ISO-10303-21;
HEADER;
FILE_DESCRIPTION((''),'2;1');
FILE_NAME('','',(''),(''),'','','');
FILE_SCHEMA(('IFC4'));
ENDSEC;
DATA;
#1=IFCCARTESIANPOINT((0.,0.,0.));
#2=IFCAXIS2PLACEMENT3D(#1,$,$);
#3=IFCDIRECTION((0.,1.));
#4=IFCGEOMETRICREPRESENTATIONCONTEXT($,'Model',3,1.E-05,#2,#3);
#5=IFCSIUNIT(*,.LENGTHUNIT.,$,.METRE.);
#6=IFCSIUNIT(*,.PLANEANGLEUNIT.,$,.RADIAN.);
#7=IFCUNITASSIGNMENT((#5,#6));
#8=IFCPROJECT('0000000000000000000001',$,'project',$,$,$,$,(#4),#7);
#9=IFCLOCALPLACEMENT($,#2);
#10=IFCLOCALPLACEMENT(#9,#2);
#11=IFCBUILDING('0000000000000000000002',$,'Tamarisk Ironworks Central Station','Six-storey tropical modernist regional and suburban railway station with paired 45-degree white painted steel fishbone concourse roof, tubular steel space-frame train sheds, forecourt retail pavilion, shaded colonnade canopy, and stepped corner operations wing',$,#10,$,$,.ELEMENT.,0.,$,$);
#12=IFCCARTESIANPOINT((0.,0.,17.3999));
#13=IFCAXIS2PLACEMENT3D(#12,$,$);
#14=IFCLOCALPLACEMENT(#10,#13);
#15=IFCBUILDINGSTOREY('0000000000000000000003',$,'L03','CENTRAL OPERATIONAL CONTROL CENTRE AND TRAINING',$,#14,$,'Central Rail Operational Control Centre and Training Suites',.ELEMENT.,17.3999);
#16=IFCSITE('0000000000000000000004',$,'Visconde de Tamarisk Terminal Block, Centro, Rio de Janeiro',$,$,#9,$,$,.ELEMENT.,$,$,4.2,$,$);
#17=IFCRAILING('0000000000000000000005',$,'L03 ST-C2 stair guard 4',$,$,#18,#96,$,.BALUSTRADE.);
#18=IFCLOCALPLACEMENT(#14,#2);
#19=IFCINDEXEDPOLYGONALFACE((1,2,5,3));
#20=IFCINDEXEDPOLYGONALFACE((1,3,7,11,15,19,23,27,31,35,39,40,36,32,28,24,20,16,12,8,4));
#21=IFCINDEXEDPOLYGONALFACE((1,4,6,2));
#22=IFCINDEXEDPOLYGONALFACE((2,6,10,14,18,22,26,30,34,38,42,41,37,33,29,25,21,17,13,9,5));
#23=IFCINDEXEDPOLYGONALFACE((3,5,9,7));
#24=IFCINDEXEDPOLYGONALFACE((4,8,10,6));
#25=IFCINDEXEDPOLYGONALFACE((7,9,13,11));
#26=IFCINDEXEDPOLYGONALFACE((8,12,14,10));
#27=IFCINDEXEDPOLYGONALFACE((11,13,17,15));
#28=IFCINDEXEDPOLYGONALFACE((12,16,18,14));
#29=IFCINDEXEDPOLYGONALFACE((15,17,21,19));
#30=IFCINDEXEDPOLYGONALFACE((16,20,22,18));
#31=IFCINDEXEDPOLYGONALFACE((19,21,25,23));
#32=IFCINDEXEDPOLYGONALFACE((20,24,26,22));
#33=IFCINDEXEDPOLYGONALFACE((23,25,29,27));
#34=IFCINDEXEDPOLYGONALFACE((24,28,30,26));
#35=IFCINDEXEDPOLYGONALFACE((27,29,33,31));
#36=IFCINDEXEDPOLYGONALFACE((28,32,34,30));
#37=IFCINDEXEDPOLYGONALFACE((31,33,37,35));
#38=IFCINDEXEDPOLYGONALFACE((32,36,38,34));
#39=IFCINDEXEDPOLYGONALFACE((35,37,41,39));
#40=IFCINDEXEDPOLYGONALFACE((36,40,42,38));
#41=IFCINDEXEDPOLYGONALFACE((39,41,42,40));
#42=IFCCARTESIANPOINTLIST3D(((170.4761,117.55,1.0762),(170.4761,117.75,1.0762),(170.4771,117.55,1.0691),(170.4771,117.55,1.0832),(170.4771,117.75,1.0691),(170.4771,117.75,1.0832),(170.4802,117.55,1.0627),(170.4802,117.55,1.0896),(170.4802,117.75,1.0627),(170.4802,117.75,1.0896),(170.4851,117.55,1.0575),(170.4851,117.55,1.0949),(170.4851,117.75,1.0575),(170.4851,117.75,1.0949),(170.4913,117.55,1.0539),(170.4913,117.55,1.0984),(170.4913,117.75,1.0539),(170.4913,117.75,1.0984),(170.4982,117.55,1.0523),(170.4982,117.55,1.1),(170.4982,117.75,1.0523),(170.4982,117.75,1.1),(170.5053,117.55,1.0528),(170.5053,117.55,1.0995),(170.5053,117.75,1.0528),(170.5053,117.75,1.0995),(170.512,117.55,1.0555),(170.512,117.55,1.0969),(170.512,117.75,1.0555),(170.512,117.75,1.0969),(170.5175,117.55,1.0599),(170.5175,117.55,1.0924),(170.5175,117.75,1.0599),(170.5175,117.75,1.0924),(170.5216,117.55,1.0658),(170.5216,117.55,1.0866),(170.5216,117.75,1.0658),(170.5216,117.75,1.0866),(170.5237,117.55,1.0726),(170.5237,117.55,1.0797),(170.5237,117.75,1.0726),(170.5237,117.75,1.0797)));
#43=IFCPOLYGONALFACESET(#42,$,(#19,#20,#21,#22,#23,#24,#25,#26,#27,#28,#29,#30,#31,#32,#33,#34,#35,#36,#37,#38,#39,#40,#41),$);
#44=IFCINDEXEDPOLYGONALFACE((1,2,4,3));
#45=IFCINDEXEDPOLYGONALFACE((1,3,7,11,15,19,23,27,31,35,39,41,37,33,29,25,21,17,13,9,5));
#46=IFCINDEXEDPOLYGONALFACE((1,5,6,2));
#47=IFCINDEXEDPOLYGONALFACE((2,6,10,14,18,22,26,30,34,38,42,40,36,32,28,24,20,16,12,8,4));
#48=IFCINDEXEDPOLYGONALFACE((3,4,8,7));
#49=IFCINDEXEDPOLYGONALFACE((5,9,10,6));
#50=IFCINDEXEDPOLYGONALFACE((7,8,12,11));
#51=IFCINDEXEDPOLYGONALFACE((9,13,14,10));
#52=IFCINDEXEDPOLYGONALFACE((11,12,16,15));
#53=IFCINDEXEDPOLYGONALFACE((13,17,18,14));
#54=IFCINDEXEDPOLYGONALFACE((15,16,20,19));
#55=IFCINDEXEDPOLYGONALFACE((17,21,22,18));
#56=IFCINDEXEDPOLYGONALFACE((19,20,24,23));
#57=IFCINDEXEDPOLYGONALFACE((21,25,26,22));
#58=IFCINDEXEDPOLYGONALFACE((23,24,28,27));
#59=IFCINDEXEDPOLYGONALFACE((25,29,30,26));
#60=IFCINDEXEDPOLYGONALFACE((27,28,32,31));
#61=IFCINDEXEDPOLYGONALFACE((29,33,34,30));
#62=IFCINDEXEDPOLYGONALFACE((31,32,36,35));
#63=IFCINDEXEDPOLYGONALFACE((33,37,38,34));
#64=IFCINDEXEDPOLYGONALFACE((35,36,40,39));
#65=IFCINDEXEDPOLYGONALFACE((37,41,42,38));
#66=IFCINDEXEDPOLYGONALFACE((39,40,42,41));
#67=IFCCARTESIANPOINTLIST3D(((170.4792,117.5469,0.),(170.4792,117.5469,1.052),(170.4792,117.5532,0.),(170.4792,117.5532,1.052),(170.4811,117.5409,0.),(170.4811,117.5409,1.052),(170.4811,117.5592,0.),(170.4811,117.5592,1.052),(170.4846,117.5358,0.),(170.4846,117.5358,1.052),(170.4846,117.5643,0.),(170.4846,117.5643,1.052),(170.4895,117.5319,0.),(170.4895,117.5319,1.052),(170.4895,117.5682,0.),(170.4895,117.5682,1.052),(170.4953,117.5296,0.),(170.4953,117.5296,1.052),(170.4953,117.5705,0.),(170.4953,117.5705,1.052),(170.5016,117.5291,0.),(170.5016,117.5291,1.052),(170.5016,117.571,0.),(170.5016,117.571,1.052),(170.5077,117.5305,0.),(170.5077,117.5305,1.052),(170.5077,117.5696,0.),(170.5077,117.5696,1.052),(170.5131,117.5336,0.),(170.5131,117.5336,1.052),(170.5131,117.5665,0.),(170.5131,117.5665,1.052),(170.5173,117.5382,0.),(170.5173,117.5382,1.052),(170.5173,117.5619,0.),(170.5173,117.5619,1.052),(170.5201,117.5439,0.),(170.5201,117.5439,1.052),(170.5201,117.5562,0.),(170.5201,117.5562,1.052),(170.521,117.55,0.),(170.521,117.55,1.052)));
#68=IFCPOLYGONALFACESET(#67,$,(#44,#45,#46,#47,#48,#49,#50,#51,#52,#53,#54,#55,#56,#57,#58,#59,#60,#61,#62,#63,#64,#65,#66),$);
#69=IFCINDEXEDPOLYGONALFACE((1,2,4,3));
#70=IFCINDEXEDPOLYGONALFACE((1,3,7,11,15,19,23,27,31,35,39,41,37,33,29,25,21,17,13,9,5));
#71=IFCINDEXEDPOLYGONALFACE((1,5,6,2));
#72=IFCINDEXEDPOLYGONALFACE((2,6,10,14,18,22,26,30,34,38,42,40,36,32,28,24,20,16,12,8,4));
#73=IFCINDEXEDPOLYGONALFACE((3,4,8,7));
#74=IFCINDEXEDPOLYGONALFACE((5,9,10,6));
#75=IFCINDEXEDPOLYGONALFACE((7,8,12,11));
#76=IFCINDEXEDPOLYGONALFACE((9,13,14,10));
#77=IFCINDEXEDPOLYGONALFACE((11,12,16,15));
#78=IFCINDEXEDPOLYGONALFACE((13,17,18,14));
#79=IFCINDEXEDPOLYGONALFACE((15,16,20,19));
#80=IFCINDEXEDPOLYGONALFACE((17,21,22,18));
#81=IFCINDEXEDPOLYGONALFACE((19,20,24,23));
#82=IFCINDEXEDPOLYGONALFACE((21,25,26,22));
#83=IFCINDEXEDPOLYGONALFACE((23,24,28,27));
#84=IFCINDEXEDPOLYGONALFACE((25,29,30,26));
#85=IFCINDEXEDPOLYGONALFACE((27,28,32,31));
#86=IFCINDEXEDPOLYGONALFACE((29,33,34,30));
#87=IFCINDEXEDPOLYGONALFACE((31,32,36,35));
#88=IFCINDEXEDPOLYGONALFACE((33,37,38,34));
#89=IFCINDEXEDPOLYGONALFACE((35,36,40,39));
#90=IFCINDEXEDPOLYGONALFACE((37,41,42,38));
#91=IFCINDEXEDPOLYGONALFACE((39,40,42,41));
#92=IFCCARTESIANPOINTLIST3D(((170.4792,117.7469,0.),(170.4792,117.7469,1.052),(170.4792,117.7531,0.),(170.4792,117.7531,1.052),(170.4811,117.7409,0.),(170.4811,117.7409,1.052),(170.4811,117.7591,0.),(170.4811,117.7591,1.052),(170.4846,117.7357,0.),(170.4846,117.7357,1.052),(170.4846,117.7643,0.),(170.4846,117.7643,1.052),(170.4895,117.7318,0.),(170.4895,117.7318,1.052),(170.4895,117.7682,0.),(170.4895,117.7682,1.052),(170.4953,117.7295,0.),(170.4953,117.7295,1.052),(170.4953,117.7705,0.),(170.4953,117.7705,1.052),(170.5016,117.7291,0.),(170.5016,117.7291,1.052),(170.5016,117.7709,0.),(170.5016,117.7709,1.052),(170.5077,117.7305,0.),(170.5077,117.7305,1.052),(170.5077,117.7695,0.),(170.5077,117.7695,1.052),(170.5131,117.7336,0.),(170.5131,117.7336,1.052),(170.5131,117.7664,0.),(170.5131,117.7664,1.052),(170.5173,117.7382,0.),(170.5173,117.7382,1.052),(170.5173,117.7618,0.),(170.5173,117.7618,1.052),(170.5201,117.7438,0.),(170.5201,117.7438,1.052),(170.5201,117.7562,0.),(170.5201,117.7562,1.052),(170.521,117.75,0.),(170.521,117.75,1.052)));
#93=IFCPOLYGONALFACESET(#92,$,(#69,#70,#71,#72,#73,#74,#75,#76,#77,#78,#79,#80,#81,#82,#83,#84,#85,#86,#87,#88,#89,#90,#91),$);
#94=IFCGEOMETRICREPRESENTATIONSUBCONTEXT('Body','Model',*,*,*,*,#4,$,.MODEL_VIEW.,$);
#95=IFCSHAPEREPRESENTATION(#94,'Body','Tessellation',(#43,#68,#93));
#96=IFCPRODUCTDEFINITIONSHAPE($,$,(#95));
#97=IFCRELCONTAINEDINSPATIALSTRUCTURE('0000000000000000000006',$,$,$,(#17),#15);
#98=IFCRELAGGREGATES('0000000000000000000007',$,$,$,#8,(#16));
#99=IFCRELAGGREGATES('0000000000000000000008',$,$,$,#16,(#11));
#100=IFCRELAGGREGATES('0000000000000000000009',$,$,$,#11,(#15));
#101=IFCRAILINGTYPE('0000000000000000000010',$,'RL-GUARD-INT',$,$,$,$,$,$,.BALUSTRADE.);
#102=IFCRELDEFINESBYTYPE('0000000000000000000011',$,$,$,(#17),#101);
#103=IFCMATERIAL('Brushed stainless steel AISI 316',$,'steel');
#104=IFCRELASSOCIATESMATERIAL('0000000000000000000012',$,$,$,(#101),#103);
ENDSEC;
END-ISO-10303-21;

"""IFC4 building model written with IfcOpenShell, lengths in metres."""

from ifc_helpers import new_model, si_unit, direction, frame, origin, origin_2d, place, context, subcontext, project, spatial, circle, extrude, material, type_object, element, save


model = new_model("IFC4")

# Units and contexts
model_context = context("Model", 3, precision=1e-05, world=origin(), true_north=direction((0.0, 1.0)))
body_context = subcontext(model_context, "Body", "Model", "MODEL_VIEW")
ifc_project = project(units=[si_unit("LENGTHUNIT", "METRE"), si_unit("PLANEANGLEUNIT", "RADIAN")], contexts=[model_context])

# Site, building, storey
site_placement = place(None, origin())
site = spatial("IfcSite", under=ifc_project, at=site_placement, Name="Visconde de Tamarisk Terminal Block, Centro, Rio de Janeiro", CompositionType="ELEMENT", RefElevation=4.2)
building_placement = place(site_placement, origin())
building = spatial("IfcBuilding", under=site, at=building_placement, Name="Tamarisk Ironworks Central Station", Description="Six-storey tropical modernist regional and suburban railway station with paired 45-degree white painted steel fishbone concourse roof, tubular steel space-frame train sheds, forecourt retail pavilion, shaded colonnade canopy, and stepped corner operations wing", CompositionType="ELEMENT", ElevationOfRefHeight=0.0)
storey_placement = place(building_placement, frame((0.0, 0.0, 17.3999)))
storey = spatial("IfcBuildingStorey", under=building, at=storey_placement, Name="L03", Description="CENTRAL OPERATIONAL CONTROL CENTRE AND TRAINING", LongName="Central Rail Operational Control Centre and Training Suites", CompositionType="ELEMENT", Elevation=17.3999)

# Railing
ifc_material_1 = material(Name="Brushed stainless steel AISI 316", Category="steel")
railing_type_1 = type_object("IfcRailingType", Name="RL-GUARD-INT", PredefinedType="BALUSTRADE", material=ifc_material_1)
railing_1_placement = place(storey_placement, frame((170.5, 117.55, 0.0)))
element("IfcRailing", 1, at=railing_1_placement, inside=storey, type_object=railing_type_1, Name="L03 ST-C2 stair guard 4", PredefinedType="BALUSTRADE", context=body_context, shape_type="SweptSolid", body=[
    extrude(circle(Radius=0.0239, at=origin_2d()), frame((0.0, 0.0, 1.0762), z_axis=(0.0, 1.0, 0.0), x_axis=(-1.0, 0.0, 0.0)), (0.0, 0.0, 1.0), 0.2),
    extrude(circle(Radius=0.021, at=origin_2d()), origin(), (0.0, 0.0, 1.0), 1.052),
    extrude(circle(Radius=0.021, at=origin_2d()), frame((0.0, 0.2, 0.0)), (0.0, 0.0, 1.0), 1.052),
])

save(model, "model.ifc")
